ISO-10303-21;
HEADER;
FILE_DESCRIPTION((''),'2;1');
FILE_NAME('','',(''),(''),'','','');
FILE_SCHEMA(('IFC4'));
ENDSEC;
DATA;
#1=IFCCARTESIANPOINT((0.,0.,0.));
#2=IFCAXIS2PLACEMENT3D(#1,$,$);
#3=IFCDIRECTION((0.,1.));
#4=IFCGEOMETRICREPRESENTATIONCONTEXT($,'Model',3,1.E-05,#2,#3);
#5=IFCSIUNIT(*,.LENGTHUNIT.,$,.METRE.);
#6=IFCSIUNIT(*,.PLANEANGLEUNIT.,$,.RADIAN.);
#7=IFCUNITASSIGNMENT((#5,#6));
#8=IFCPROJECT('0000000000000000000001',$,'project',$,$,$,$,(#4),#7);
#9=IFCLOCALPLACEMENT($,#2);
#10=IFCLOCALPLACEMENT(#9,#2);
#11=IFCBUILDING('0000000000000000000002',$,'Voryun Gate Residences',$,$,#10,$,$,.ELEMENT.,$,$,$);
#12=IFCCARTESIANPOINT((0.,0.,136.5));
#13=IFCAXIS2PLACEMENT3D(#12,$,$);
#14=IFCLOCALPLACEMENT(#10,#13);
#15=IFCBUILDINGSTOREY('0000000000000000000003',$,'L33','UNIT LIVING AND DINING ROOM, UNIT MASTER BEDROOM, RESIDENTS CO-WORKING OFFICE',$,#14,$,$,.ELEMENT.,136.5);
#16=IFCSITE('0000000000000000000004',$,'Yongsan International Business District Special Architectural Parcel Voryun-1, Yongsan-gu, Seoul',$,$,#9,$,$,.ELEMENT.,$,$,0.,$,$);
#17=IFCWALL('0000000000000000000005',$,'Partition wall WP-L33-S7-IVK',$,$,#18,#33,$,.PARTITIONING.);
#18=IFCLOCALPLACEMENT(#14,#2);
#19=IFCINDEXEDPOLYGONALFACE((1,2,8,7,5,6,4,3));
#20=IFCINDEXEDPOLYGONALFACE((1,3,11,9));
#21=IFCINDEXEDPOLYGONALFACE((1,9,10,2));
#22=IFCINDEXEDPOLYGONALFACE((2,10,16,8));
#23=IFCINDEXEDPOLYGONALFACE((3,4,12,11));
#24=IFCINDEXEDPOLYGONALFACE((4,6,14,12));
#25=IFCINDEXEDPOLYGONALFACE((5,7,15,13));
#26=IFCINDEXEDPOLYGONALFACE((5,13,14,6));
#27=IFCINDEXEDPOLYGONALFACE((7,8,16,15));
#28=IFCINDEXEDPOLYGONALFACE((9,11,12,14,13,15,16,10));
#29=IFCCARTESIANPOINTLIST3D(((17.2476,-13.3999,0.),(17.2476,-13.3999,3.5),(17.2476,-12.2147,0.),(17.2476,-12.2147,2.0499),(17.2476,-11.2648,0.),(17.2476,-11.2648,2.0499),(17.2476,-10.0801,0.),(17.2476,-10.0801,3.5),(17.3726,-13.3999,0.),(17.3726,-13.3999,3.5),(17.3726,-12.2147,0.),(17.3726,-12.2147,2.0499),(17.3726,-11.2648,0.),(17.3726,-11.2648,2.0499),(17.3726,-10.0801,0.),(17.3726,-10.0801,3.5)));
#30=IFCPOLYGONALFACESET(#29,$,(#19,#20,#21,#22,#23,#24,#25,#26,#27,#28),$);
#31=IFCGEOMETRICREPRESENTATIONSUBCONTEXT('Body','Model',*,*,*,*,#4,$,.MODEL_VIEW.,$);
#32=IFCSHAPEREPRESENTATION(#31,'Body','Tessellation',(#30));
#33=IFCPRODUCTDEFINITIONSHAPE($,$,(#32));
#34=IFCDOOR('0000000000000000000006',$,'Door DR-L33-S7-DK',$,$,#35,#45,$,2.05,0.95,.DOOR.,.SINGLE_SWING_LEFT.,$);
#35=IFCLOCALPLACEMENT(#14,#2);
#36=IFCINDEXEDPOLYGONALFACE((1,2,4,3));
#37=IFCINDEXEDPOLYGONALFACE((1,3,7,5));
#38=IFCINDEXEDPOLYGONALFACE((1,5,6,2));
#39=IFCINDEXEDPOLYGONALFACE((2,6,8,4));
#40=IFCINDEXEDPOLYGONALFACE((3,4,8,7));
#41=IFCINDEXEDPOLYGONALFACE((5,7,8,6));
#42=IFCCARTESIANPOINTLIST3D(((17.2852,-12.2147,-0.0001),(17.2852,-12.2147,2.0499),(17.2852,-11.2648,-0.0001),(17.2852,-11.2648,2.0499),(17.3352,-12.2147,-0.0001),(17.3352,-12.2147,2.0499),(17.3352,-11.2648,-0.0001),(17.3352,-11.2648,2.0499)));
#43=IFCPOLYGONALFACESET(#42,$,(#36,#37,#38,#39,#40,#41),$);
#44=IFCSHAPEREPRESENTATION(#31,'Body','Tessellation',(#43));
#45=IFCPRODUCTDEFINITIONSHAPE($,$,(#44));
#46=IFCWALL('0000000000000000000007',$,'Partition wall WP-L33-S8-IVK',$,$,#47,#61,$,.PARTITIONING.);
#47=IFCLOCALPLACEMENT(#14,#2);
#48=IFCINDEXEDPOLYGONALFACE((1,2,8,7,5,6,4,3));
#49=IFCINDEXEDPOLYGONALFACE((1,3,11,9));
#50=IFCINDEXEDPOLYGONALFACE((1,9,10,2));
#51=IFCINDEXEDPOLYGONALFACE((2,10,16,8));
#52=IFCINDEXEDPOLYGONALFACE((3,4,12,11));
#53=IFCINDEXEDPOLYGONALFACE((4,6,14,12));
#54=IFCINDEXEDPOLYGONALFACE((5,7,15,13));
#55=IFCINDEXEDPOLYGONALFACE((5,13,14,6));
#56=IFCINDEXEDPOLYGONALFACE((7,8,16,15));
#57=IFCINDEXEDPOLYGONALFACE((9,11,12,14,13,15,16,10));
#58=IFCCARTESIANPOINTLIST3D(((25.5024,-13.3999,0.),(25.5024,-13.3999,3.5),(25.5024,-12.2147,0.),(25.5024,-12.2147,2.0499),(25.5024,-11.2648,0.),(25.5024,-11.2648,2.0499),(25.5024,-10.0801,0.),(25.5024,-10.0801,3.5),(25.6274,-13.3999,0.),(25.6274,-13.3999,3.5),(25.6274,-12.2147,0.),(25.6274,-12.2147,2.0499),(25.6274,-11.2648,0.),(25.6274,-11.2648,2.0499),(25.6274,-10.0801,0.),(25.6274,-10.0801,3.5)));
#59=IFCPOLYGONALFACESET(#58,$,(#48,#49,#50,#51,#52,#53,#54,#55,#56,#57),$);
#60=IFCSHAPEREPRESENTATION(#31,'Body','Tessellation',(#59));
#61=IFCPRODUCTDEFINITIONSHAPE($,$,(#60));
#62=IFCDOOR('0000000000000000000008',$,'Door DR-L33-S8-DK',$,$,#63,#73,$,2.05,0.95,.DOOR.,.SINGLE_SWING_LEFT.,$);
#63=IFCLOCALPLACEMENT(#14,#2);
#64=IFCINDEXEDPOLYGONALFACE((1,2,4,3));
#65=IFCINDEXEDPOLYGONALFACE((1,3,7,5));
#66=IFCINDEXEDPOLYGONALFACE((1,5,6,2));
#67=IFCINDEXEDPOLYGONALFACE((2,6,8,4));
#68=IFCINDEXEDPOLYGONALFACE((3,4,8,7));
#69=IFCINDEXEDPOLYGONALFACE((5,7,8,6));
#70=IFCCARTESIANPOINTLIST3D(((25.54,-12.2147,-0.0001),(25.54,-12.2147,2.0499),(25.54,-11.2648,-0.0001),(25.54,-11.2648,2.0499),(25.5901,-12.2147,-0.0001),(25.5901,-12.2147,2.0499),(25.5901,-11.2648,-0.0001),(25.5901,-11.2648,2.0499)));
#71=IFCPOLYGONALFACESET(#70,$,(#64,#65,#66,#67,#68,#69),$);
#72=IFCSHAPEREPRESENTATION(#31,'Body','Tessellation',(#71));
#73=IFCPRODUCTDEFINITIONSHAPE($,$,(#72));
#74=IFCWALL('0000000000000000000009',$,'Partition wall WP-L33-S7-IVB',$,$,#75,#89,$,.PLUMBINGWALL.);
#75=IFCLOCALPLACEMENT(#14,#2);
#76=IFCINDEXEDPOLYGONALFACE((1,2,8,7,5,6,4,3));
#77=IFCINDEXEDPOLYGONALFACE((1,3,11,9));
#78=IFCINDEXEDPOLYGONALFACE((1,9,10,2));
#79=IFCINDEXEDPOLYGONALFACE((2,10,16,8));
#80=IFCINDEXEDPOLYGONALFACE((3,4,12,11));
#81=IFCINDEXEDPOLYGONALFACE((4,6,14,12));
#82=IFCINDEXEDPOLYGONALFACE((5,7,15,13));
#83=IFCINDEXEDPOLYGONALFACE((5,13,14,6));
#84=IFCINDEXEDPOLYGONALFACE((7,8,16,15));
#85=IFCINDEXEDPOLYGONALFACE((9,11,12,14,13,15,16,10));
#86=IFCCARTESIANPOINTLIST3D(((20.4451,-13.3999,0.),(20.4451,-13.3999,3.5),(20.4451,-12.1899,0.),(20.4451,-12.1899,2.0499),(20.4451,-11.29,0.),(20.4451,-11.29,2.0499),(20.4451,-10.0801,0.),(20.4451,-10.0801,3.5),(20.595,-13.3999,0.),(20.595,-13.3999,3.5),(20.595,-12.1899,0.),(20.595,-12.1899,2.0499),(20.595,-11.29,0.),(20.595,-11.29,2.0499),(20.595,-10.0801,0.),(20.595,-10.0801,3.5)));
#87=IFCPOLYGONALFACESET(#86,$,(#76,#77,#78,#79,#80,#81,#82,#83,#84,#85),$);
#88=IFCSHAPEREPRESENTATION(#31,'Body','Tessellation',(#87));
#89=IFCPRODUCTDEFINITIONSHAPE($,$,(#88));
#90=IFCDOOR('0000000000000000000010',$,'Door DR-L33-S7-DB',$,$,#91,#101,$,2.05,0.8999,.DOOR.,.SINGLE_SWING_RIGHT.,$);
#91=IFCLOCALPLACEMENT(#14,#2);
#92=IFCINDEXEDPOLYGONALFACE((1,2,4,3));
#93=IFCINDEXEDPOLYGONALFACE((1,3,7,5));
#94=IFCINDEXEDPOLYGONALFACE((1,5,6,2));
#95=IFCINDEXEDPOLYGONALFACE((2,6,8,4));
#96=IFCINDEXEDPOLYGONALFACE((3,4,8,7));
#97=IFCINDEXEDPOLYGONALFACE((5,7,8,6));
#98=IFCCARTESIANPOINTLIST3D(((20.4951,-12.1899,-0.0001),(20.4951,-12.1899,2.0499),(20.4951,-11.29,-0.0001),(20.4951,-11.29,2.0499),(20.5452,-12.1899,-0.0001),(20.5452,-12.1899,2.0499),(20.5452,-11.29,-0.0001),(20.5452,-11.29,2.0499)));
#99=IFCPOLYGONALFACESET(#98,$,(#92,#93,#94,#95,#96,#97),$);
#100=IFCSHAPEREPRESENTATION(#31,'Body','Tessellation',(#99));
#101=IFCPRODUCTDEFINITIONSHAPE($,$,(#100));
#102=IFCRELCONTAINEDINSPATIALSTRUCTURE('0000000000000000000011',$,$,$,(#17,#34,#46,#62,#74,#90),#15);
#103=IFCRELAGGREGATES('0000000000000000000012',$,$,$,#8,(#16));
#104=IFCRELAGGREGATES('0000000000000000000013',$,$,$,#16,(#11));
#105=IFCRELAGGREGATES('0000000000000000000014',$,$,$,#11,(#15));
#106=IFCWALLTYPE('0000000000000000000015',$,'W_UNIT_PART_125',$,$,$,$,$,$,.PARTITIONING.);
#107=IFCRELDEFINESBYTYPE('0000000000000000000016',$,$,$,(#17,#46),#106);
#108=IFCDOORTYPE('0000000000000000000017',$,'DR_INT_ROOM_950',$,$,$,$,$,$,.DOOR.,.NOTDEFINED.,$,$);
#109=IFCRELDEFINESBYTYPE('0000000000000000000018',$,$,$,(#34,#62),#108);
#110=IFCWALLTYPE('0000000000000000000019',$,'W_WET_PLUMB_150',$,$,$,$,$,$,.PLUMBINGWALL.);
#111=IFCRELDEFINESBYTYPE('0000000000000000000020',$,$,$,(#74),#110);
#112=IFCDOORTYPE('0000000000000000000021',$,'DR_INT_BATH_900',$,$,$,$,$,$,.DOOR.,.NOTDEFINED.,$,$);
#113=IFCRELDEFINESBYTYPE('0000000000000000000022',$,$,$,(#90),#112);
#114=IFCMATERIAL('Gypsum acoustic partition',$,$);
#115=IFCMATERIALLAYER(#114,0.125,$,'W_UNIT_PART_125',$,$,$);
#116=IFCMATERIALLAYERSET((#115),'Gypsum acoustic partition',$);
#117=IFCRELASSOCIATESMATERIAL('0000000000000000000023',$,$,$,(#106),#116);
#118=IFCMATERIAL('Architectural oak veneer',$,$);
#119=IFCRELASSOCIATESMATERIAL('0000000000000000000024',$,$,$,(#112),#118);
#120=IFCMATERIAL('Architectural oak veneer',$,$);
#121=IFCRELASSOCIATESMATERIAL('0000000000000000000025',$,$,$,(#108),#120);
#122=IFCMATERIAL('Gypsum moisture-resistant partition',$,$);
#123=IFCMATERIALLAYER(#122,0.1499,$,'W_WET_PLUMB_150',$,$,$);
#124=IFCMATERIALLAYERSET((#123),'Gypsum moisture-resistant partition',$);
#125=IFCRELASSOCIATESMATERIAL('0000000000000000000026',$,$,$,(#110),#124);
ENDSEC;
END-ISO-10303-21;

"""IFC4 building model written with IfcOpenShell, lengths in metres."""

from ifc_helpers import new_model, si_unit, direction, frame, frame_2d, origin, place, context, subcontext, project, spatial, rectangle, extrude, material, layer, layer_set, type_object, element, fill, save


model = new_model("IFC4")

# Units and contexts
model_context = context("Model", 3, precision=1e-05, world=origin(), true_north=direction((0.0, 1.0)))
body_context = subcontext(model_context, "Body", "Model", "MODEL_VIEW")
ifc_project = project(units=[si_unit("LENGTHUNIT", "METRE"), si_unit("PLANEANGLEUNIT", "RADIAN")], contexts=[model_context])

# Site, building, storey
site_placement = place(None, origin())
site = spatial("IfcSite", under=ifc_project, at=site_placement, Name="Yongsan International Business District Special Architectural Parcel Voryun-1, Yongsan-gu, Seoul", CompositionType="ELEMENT", RefElevation=0.0)
building_placement = place(site_placement, origin())
building = spatial("IfcBuilding", under=site, at=building_placement, Name="Voryun Gate Residences", CompositionType="ELEMENT")
storey_placement = place(building_placement, frame((0.0, 0.0, 136.5)))
storey = spatial("IfcBuildingStorey", under=building, at=storey_placement, Name="L33", Description="UNIT LIVING AND DINING ROOM, UNIT MASTER BEDROOM, RESIDENTS CO-WORKING OFFICE", CompositionType="ELEMENT", Elevation=136.5)

# Walls, openings, doors
ifc_material_1 = material(Name="Gypsum acoustic partition")
ifc_layer_1 = layer(ifc_material_1, 0.125, Name="W_UNIT_PART_125")
ifc_layer_set_1 = layer_set([ifc_layer_1], Name="Gypsum acoustic partition")
wall_type_1 = type_object("IfcWallType", Name="W_UNIT_PART_125", PredefinedType="PARTITIONING", material=ifc_layer_set_1)
ifc_material_2 = material(Name="Architectural oak veneer")
door_type_1 = type_object("IfcDoorType", Name="DR_INT_BATH_900", OperationType="NOTDEFINED", PredefinedType="DOOR", material=ifc_material_2)
wall_1_placement = place(storey_placement, frame((17.3101, -13.3999, 0.0), z_axis=(0.0, 0.0, 1.0), x_axis=(0.0, 1.0, 0.0)))
wall_1 = element("IfcWall", 1, at=wall_1_placement, inside=storey, type_object=wall_type_1, Name="Partition wall WP-L33-S7-IVK", PredefinedType="PARTITIONING", context=body_context, shape_type="SweptSolid", body=[
    extrude(rectangle(XDim=3.3198, YDim=0.125, at=frame_2d((1.6599, 0.0))), origin(), (0.0, 0.0, 1.0), 3.5),
])
opening_1_placement = place(wall_1_placement, frame((1.1851, 0.0, 0.0)))
opening_1 = element("IfcOpeningElement", 2, at=opening_1_placement, cuts=wall_1, PredefinedType="OPENING", context=body_context, shape_type="SweptSolid", body=[
    extrude(rectangle(XDim=0.95, YDim=2.05, at=frame_2d((0.4751, 1.0249))), frame((0.0, 0.0725, 0.0), z_axis=(0.0, -1.0, 0.0), x_axis=(1.0, 0.0, 0.0)), (0.0, 0.0, 1.0), 0.145),
])
ifc_material_3 = material(Name="Architectural oak veneer")
door_type_2 = type_object("IfcDoorType", Name="DR_INT_ROOM_950", OperationType="NOTDEFINED", PredefinedType="DOOR", material=ifc_material_3)
door_1_placement = place(opening_1_placement, origin())
door_1 = element("IfcDoor", 3, at=door_1_placement, inside=storey, type_object=door_type_2, Name="Door DR-L33-S7-DK", OperationType="SINGLE_SWING_LEFT", OverallHeight=2.05, OverallWidth=0.95, PredefinedType="DOOR", context=body_context, shape_type="SweptSolid", body=[
    extrude(rectangle(XDim=0.95, YDim=2.05, at=frame_2d((0.4751, 1.0249))), frame((0.0, 0.0249, 0.0), z_axis=(0.0, -1.0, 0.0), x_axis=(1.0, 0.0, 0.0)), (0.0, 0.0, 1.0), 0.05),
])
fill(opening_1, door_1)
wall_2_placement = place(storey_placement, frame((25.5649, -13.3999, 0.0), z_axis=(0.0, 0.0, 1.0), x_axis=(0.0, 1.0, 0.0)))
wall_2 = element("IfcWall", 4, at=wall_2_placement, inside=storey, type_object=wall_type_1, Name="Partition wall WP-L33-S8-IVK", PredefinedType="PARTITIONING", context=body_context, shape_type="SweptSolid", body=[
    extrude(rectangle(XDim=3.3198, YDim=0.125, at=frame_2d((1.6599, 0.0))), origin(), (0.0, 0.0, 1.0), 3.5),
])
opening_2_placement = place(wall_2_placement, frame((1.1851, 0.0, 0.0)))
opening_2 = element("IfcOpeningElement", 5, at=opening_2_placement, cuts=wall_2, PredefinedType="OPENING", context=body_context, shape_type="SweptSolid", body=[
    extrude(rectangle(XDim=0.95, YDim=2.05, at=frame_2d((0.4751, 1.0249))), frame((0.0, 0.0725, 0.0), z_axis=(0.0, -1.0, 0.0), x_axis=(1.0, 0.0, 0.0)), (0.0, 0.0, 1.0), 0.145),
])
door_2_placement = place(opening_2_placement, origin())
door_2 = element("IfcDoor", 6, at=door_2_placement, inside=storey, type_object=door_type_2, Name="Door DR-L33-S8-DK", OperationType="SINGLE_SWING_LEFT", OverallHeight=2.05, OverallWidth=0.95, PredefinedType="DOOR", context=body_context, shape_type="SweptSolid", body=[
    extrude(rectangle(XDim=0.95, YDim=2.05, at=frame_2d((0.4751, 1.0249))), frame((0.0, 0.0249, 0.0), z_axis=(0.0, -1.0, 0.0), x_axis=(1.0, 0.0, 0.0)), (0.0, 0.0, 1.0), 0.05),
])
fill(opening_2, door_2)
ifc_material_4 = material(Name="Gypsum moisture-resistant partition")
ifc_layer_2 = layer(ifc_material_4, 0.1499, Name="W_WET_PLUMB_150")
ifc_layer_set_2 = layer_set([ifc_layer_2], Name="Gypsum moisture-resistant partition")
wall_type_2 = type_object("IfcWallType", Name="W_WET_PLUMB_150", PredefinedType="PLUMBINGWALL", material=ifc_layer_set_2)
wall_3_placement = place(storey_placement, frame((20.52, -13.3999, 0.0), z_axis=(0.0, 0.0, 1.0), x_axis=(0.0, 1.0, 0.0)))
wall_3 = element("IfcWall", 7, at=wall_3_placement, inside=storey, type_object=wall_type_2, Name="Partition wall WP-L33-S7-IVB", PredefinedType="PLUMBINGWALL", context=body_context, shape_type="SweptSolid", body=[
    extrude(rectangle(XDim=3.3198, YDim=0.1499, at=frame_2d((1.6599, 0.0))), origin(), (0.0, 0.0, 1.0), 3.5),
])
opening_3_placement = place(wall_3_placement, frame((1.21, 0.0, 0.0)))
opening_3 = element("IfcOpeningElement", 8, at=opening_3_placement, cuts=wall_3, PredefinedType="OPENING", context=body_context, shape_type="SweptSolid", body=[
    extrude(rectangle(XDim=0.8999, YDim=2.05, at=frame_2d((0.45, 1.0249))), frame((0.0, 0.085, 0.0), z_axis=(0.0, -1.0, 0.0), x_axis=(1.0, 0.0, 0.0)), (0.0, 0.0, 1.0), 0.1699),
])
door_3_placement = place(opening_3_placement, origin())
door_3 = element("IfcDoor", 9, at=door_3_placement, inside=storey, type_object=door_type_1, Name="Door DR-L33-S7-DB", OperationType="SINGLE_SWING_RIGHT", OverallHeight=2.05, OverallWidth=0.8999, PredefinedType="DOOR", context=body_context, shape_type="SweptSolid", body=[
    extrude(rectangle(XDim=0.8999, YDim=2.05, at=frame_2d((0.45, 1.0249))), frame((0.0, 0.0249, 0.0), z_axis=(0.0, -1.0, 0.0), x_axis=(1.0, 0.0, 0.0)), (0.0, 0.0, 1.0), 0.05),
])
fill(opening_3, door_3)

save(model, "model.ifc")
